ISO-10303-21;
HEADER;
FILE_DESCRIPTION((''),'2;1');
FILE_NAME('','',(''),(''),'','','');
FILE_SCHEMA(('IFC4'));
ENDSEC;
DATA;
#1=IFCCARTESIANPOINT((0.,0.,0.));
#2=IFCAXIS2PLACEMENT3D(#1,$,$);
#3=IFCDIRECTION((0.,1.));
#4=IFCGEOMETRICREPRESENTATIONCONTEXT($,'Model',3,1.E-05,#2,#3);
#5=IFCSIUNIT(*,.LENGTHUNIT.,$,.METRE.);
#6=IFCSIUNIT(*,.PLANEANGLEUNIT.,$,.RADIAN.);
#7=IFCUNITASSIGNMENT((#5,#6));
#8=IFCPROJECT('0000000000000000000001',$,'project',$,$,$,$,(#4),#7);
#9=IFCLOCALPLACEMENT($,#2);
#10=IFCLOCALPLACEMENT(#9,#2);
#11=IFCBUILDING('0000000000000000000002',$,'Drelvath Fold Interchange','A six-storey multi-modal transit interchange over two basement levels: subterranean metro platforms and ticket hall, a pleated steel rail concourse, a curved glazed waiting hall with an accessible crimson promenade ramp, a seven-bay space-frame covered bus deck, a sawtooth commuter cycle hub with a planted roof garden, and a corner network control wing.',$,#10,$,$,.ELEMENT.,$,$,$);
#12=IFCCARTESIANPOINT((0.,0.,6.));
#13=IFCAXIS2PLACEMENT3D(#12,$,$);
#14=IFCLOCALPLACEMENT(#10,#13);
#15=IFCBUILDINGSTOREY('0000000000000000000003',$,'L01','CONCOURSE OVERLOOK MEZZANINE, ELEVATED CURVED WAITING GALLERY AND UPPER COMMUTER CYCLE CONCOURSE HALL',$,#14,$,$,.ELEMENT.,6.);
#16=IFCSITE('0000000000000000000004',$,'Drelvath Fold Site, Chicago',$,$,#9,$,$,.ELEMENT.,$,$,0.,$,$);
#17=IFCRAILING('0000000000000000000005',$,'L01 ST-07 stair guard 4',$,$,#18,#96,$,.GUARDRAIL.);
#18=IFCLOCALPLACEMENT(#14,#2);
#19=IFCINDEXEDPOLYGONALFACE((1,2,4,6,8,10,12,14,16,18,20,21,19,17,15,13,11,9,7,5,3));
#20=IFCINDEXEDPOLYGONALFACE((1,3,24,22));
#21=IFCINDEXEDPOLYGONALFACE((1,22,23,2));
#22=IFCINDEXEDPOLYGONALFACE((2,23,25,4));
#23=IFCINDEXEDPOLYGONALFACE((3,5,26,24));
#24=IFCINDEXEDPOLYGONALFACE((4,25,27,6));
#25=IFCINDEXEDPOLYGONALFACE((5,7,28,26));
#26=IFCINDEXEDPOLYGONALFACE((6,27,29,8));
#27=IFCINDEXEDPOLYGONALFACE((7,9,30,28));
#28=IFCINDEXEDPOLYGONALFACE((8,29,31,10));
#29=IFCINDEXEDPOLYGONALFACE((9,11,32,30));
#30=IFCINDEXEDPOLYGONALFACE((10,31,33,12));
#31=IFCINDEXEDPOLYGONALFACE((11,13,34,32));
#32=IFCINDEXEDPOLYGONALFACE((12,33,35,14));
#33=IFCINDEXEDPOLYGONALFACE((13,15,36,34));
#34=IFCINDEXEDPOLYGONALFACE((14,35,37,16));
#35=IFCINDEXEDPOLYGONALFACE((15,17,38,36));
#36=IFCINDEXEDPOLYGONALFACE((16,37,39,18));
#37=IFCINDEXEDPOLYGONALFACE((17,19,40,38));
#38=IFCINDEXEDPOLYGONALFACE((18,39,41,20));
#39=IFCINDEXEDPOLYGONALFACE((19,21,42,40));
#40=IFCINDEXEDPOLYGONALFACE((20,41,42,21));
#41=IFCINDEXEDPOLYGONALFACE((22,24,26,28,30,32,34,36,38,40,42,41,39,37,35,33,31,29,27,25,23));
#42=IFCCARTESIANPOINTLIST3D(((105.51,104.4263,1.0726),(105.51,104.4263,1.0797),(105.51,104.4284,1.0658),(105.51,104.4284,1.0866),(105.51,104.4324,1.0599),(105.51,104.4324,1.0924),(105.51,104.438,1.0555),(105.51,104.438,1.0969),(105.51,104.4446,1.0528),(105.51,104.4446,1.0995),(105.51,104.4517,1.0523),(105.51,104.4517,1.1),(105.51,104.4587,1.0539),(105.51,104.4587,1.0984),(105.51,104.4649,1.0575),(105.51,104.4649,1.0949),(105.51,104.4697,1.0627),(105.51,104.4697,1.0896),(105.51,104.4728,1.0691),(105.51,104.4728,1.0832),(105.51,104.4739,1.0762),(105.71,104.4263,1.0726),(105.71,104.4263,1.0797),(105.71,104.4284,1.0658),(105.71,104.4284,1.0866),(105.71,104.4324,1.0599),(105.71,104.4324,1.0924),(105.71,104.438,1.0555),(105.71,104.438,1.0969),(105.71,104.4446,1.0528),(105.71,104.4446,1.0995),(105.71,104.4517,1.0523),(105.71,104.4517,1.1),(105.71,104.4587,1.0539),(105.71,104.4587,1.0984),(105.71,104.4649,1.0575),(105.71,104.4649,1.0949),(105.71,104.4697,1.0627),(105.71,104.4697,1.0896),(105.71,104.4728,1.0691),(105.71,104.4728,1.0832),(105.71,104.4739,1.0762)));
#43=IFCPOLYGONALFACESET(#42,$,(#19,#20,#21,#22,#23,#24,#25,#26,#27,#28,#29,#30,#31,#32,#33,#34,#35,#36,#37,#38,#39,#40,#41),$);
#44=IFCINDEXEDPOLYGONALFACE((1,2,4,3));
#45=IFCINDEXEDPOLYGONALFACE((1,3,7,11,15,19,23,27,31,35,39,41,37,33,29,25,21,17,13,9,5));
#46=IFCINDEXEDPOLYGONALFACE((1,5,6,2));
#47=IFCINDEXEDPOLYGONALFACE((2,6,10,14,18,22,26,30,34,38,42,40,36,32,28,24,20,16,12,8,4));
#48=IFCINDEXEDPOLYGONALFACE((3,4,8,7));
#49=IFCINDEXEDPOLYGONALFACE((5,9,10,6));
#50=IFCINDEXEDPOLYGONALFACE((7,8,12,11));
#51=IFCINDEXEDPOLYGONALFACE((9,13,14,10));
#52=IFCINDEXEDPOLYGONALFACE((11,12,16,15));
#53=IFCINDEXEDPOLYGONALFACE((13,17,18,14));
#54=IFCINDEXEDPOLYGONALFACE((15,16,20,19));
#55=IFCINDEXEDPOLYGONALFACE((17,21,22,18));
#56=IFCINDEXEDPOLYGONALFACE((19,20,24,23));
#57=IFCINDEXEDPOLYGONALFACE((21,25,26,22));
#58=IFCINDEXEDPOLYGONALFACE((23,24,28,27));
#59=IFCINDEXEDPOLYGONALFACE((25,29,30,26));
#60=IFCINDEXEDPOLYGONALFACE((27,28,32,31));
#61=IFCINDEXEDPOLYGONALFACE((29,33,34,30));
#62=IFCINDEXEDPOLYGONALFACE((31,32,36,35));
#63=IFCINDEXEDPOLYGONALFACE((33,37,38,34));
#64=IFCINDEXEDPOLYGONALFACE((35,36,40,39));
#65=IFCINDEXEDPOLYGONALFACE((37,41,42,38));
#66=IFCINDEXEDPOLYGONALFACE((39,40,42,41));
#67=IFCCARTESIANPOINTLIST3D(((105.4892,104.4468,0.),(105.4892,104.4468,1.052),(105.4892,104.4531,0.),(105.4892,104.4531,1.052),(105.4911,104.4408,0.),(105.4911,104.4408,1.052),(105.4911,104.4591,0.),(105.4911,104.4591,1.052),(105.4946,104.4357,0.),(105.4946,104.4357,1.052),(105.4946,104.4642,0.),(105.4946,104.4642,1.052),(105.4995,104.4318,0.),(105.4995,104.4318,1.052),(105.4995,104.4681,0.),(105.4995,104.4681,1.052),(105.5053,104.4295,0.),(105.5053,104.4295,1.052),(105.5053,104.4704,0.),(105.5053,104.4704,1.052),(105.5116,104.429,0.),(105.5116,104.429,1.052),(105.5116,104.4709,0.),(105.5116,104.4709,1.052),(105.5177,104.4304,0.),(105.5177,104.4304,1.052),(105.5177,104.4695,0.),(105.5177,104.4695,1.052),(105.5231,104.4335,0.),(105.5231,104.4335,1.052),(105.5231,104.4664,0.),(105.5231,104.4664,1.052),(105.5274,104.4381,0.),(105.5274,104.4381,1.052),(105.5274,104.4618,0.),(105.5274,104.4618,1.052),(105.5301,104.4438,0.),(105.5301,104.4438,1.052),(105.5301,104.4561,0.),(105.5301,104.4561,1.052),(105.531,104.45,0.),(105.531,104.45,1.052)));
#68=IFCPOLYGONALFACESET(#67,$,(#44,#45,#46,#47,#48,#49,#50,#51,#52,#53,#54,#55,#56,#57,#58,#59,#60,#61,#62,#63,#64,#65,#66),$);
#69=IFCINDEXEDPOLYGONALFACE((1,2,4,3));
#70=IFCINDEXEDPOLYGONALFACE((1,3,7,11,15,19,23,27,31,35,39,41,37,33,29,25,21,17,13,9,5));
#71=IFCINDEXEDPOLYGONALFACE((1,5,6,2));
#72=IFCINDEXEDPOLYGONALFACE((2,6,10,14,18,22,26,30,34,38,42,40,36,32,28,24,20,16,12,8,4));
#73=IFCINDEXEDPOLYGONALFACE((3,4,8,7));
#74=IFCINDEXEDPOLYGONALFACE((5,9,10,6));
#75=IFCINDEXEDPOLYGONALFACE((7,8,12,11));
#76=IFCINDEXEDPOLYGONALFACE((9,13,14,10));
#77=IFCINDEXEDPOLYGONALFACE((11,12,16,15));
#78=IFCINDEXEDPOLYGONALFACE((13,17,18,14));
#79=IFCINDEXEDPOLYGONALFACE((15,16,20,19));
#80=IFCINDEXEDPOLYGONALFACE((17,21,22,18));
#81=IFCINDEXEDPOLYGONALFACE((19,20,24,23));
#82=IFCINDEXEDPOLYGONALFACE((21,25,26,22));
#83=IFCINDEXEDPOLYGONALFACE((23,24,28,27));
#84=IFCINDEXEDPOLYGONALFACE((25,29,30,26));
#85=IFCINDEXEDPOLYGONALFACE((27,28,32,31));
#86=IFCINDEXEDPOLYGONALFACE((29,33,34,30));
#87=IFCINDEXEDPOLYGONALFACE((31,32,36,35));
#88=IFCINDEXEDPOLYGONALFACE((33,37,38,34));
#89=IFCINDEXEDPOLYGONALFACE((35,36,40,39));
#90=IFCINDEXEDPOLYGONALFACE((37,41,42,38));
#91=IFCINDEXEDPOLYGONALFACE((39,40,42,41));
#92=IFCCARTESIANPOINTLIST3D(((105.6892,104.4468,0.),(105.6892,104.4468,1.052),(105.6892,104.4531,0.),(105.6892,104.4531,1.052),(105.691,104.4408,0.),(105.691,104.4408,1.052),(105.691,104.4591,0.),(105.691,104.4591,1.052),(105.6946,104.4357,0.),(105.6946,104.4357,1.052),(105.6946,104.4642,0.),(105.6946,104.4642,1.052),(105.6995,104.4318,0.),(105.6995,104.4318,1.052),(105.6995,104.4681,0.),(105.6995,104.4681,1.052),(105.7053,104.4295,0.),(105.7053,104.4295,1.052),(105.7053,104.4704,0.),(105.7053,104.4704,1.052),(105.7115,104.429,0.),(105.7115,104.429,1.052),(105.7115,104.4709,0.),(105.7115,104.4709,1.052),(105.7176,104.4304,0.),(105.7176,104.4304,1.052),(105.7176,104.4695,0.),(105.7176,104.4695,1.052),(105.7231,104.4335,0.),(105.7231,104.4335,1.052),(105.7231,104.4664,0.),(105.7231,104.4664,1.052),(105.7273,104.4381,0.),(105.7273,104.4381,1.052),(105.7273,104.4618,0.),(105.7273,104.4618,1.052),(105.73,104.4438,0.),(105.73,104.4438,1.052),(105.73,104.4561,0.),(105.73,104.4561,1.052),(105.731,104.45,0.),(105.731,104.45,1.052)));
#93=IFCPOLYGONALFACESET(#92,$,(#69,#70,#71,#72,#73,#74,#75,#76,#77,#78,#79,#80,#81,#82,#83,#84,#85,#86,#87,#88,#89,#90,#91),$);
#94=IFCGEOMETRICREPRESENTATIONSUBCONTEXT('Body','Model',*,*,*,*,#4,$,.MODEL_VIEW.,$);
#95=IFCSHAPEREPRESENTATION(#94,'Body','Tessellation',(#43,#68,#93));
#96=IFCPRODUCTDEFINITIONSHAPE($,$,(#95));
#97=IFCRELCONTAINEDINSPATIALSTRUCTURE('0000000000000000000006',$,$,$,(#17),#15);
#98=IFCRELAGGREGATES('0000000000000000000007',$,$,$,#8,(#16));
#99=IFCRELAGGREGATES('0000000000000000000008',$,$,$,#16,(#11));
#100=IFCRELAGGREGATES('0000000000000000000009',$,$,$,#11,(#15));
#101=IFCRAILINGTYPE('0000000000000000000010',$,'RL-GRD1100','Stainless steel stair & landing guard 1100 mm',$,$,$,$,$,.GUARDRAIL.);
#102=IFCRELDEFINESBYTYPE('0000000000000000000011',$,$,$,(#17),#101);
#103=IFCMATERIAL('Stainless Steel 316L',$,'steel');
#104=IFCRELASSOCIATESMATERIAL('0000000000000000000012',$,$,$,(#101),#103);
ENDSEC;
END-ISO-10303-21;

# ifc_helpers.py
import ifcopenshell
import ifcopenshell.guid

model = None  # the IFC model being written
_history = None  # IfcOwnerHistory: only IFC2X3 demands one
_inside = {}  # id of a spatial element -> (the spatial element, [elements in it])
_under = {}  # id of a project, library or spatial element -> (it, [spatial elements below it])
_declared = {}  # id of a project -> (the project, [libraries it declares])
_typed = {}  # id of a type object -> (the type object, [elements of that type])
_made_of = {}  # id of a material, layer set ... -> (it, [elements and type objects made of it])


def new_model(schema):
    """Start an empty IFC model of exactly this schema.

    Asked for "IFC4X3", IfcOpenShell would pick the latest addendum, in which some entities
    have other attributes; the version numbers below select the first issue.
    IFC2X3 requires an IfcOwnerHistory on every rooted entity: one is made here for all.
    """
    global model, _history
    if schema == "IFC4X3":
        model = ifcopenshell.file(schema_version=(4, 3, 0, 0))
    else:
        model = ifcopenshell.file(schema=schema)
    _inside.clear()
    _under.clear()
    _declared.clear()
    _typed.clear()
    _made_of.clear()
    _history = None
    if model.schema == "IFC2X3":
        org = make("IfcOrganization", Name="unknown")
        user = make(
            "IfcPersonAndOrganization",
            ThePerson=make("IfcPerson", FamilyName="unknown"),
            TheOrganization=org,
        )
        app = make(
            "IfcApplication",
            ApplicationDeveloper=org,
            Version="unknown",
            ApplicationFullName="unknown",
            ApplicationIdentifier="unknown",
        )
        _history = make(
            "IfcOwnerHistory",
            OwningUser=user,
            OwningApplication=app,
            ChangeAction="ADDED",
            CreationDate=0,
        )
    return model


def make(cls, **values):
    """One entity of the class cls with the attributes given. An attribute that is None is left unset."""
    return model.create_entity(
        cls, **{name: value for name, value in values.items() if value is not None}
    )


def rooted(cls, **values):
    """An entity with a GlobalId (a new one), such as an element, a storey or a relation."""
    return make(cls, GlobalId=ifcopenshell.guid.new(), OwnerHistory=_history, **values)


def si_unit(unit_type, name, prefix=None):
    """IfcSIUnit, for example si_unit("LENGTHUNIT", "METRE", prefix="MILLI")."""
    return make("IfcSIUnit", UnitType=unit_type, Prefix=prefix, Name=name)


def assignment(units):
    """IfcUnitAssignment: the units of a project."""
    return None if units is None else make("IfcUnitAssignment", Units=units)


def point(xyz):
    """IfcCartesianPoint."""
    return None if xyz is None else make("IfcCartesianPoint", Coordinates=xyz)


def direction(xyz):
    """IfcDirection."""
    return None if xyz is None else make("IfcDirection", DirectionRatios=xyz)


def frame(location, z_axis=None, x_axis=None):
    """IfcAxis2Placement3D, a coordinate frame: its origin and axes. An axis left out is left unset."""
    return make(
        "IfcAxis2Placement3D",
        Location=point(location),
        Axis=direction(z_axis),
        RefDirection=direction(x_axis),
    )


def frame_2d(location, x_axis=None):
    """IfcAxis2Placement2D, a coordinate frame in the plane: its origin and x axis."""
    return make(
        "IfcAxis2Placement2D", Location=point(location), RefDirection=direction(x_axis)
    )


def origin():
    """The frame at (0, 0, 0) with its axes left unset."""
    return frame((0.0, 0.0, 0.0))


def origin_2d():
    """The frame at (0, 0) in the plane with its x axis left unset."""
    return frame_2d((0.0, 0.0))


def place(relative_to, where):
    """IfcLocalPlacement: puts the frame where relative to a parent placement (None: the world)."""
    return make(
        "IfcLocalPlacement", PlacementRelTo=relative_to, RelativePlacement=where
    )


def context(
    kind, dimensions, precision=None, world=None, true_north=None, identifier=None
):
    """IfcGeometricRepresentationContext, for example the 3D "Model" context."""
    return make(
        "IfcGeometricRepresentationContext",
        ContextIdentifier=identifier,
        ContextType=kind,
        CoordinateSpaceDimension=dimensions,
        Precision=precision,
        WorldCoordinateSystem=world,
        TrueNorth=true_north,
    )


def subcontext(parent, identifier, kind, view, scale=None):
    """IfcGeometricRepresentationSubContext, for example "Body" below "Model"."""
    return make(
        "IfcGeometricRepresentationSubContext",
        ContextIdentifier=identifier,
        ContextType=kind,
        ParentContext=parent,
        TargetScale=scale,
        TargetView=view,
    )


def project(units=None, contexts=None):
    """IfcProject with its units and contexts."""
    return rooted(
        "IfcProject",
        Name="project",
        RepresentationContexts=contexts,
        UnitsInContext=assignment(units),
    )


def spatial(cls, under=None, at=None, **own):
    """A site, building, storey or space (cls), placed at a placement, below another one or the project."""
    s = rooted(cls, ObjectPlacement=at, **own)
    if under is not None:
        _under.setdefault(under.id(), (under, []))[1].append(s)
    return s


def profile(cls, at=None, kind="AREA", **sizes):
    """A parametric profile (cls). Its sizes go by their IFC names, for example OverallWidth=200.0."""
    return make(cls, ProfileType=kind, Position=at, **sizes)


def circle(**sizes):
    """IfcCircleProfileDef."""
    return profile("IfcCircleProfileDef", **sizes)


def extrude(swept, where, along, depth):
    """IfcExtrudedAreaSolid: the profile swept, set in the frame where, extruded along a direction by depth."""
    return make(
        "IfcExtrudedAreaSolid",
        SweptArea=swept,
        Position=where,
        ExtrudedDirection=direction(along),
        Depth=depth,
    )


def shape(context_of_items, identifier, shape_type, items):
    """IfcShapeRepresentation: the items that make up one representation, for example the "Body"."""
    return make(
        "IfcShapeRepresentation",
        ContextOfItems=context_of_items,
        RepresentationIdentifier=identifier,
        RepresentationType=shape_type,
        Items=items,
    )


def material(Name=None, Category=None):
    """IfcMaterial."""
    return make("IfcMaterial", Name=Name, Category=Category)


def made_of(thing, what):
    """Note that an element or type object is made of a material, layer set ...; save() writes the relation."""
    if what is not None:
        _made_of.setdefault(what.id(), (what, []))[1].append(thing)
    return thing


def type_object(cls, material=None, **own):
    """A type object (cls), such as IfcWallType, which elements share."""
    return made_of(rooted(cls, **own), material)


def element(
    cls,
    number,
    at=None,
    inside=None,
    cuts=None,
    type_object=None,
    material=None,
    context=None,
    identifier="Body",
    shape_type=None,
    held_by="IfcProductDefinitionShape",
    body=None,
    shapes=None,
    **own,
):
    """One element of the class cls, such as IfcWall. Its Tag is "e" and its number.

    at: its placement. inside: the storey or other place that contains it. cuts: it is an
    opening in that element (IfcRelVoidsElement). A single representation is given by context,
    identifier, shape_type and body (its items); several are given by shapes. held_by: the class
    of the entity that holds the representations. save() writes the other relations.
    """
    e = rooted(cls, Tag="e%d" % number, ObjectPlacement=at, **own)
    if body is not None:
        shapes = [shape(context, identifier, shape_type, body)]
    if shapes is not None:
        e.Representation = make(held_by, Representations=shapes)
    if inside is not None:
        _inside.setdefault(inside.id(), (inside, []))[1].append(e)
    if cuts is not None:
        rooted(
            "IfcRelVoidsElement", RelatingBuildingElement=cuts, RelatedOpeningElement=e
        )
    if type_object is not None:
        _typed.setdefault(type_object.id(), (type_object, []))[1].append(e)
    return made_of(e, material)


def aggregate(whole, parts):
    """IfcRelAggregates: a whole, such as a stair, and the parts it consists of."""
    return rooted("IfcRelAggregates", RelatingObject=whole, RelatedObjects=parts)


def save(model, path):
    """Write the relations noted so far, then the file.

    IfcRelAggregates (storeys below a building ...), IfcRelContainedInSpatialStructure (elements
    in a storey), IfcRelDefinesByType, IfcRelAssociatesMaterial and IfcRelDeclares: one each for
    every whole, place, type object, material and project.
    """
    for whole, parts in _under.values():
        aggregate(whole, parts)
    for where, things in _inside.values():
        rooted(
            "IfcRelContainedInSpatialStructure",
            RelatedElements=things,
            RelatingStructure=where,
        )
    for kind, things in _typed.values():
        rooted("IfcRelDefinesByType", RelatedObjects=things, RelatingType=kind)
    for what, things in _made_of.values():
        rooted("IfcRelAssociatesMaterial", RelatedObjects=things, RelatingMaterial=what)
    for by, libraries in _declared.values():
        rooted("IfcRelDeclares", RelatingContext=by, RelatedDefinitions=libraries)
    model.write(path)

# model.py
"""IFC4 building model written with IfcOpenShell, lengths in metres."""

from ifc_helpers import new_model, si_unit, direction, frame, origin, origin_2d, place, context, subcontext, project, spatial, circle, extrude, material, type_object, element, save


model = new_model("IFC4")

# Units and contexts
model_context = context("Model", 3, precision=1e-05, world=origin(), true_north=direction((0.0, 1.0)))
body_context = subcontext(model_context, "Body", "Model", "MODEL_VIEW")
ifc_project = project(units=[si_unit("LENGTHUNIT", "METRE"), si_unit("PLANEANGLEUNIT", "RADIAN")], contexts=[model_context])

# Site, building, storey
site_placement = place(None, origin())
site = spatial("IfcSite", under=ifc_project, at=site_placement, Name="Drelvath Fold Site, Chicago", CompositionType="ELEMENT", RefElevation=0.0)
building_placement = place(site_placement, origin())
building = spatial("IfcBuilding", under=site, at=building_placement, Name="Drelvath Fold Interchange", Description="A six-storey multi-modal transit interchange over two basement levels: subterranean metro platforms and ticket hall, a pleated steel rail concourse, a curved glazed waiting hall with an accessible crimson promenade ramp, a seven-bay space-frame covered bus deck, a sawtooth commuter cycle hub with a planted roof garden, and a corner network control wing.", CompositionType="ELEMENT")
storey_placement = place(building_placement, frame((0.0, 0.0, 6.0)))
storey = spatial("IfcBuildingStorey", under=building, at=storey_placement, Name="L01", Description="CONCOURSE OVERLOOK MEZZANINE, ELEVATED CURVED WAITING GALLERY AND UPPER COMMUTER CYCLE CONCOURSE HALL", CompositionType="ELEMENT", Elevation=6.0)

# Railing
ifc_material_1 = material(Name="Stainless Steel 316L", Category="steel")
railing_type_1 = type_object("IfcRailingType", Name="RL-GRD1100", Description="Stainless steel stair & landing guard 1100 mm", PredefinedType="GUARDRAIL", material=ifc_material_1)
railing_1_placement = place(storey_placement, frame((105.51, 104.45, 0.0)))
element("IfcRailing", 1, at=railing_1_placement, inside=storey, type_object=railing_type_1, Name="L01 ST-07 stair guard 4", PredefinedType="GUARDRAIL", context=body_context, shape_type="SweptSolid", body=[
    extrude(circle(Radius=0.0239, at=origin_2d()), frame((0.0, 0.0, 1.0762), z_axis=(1.0, 0.0, 0.0), x_axis=(0.0, 1.0, 0.0)), (0.0, 0.0, 1.0), 0.2),
    extrude(circle(Radius=0.021, at=origin_2d()), origin(), (0.0, 0.0, 1.0), 1.052),
    extrude(circle(Radius=0.021, at=origin_2d()), frame((0.2, 0.0, 0.0)), (0.0, 0.0, 1.0), 1.052),
])

save(model, "model.ifc")
